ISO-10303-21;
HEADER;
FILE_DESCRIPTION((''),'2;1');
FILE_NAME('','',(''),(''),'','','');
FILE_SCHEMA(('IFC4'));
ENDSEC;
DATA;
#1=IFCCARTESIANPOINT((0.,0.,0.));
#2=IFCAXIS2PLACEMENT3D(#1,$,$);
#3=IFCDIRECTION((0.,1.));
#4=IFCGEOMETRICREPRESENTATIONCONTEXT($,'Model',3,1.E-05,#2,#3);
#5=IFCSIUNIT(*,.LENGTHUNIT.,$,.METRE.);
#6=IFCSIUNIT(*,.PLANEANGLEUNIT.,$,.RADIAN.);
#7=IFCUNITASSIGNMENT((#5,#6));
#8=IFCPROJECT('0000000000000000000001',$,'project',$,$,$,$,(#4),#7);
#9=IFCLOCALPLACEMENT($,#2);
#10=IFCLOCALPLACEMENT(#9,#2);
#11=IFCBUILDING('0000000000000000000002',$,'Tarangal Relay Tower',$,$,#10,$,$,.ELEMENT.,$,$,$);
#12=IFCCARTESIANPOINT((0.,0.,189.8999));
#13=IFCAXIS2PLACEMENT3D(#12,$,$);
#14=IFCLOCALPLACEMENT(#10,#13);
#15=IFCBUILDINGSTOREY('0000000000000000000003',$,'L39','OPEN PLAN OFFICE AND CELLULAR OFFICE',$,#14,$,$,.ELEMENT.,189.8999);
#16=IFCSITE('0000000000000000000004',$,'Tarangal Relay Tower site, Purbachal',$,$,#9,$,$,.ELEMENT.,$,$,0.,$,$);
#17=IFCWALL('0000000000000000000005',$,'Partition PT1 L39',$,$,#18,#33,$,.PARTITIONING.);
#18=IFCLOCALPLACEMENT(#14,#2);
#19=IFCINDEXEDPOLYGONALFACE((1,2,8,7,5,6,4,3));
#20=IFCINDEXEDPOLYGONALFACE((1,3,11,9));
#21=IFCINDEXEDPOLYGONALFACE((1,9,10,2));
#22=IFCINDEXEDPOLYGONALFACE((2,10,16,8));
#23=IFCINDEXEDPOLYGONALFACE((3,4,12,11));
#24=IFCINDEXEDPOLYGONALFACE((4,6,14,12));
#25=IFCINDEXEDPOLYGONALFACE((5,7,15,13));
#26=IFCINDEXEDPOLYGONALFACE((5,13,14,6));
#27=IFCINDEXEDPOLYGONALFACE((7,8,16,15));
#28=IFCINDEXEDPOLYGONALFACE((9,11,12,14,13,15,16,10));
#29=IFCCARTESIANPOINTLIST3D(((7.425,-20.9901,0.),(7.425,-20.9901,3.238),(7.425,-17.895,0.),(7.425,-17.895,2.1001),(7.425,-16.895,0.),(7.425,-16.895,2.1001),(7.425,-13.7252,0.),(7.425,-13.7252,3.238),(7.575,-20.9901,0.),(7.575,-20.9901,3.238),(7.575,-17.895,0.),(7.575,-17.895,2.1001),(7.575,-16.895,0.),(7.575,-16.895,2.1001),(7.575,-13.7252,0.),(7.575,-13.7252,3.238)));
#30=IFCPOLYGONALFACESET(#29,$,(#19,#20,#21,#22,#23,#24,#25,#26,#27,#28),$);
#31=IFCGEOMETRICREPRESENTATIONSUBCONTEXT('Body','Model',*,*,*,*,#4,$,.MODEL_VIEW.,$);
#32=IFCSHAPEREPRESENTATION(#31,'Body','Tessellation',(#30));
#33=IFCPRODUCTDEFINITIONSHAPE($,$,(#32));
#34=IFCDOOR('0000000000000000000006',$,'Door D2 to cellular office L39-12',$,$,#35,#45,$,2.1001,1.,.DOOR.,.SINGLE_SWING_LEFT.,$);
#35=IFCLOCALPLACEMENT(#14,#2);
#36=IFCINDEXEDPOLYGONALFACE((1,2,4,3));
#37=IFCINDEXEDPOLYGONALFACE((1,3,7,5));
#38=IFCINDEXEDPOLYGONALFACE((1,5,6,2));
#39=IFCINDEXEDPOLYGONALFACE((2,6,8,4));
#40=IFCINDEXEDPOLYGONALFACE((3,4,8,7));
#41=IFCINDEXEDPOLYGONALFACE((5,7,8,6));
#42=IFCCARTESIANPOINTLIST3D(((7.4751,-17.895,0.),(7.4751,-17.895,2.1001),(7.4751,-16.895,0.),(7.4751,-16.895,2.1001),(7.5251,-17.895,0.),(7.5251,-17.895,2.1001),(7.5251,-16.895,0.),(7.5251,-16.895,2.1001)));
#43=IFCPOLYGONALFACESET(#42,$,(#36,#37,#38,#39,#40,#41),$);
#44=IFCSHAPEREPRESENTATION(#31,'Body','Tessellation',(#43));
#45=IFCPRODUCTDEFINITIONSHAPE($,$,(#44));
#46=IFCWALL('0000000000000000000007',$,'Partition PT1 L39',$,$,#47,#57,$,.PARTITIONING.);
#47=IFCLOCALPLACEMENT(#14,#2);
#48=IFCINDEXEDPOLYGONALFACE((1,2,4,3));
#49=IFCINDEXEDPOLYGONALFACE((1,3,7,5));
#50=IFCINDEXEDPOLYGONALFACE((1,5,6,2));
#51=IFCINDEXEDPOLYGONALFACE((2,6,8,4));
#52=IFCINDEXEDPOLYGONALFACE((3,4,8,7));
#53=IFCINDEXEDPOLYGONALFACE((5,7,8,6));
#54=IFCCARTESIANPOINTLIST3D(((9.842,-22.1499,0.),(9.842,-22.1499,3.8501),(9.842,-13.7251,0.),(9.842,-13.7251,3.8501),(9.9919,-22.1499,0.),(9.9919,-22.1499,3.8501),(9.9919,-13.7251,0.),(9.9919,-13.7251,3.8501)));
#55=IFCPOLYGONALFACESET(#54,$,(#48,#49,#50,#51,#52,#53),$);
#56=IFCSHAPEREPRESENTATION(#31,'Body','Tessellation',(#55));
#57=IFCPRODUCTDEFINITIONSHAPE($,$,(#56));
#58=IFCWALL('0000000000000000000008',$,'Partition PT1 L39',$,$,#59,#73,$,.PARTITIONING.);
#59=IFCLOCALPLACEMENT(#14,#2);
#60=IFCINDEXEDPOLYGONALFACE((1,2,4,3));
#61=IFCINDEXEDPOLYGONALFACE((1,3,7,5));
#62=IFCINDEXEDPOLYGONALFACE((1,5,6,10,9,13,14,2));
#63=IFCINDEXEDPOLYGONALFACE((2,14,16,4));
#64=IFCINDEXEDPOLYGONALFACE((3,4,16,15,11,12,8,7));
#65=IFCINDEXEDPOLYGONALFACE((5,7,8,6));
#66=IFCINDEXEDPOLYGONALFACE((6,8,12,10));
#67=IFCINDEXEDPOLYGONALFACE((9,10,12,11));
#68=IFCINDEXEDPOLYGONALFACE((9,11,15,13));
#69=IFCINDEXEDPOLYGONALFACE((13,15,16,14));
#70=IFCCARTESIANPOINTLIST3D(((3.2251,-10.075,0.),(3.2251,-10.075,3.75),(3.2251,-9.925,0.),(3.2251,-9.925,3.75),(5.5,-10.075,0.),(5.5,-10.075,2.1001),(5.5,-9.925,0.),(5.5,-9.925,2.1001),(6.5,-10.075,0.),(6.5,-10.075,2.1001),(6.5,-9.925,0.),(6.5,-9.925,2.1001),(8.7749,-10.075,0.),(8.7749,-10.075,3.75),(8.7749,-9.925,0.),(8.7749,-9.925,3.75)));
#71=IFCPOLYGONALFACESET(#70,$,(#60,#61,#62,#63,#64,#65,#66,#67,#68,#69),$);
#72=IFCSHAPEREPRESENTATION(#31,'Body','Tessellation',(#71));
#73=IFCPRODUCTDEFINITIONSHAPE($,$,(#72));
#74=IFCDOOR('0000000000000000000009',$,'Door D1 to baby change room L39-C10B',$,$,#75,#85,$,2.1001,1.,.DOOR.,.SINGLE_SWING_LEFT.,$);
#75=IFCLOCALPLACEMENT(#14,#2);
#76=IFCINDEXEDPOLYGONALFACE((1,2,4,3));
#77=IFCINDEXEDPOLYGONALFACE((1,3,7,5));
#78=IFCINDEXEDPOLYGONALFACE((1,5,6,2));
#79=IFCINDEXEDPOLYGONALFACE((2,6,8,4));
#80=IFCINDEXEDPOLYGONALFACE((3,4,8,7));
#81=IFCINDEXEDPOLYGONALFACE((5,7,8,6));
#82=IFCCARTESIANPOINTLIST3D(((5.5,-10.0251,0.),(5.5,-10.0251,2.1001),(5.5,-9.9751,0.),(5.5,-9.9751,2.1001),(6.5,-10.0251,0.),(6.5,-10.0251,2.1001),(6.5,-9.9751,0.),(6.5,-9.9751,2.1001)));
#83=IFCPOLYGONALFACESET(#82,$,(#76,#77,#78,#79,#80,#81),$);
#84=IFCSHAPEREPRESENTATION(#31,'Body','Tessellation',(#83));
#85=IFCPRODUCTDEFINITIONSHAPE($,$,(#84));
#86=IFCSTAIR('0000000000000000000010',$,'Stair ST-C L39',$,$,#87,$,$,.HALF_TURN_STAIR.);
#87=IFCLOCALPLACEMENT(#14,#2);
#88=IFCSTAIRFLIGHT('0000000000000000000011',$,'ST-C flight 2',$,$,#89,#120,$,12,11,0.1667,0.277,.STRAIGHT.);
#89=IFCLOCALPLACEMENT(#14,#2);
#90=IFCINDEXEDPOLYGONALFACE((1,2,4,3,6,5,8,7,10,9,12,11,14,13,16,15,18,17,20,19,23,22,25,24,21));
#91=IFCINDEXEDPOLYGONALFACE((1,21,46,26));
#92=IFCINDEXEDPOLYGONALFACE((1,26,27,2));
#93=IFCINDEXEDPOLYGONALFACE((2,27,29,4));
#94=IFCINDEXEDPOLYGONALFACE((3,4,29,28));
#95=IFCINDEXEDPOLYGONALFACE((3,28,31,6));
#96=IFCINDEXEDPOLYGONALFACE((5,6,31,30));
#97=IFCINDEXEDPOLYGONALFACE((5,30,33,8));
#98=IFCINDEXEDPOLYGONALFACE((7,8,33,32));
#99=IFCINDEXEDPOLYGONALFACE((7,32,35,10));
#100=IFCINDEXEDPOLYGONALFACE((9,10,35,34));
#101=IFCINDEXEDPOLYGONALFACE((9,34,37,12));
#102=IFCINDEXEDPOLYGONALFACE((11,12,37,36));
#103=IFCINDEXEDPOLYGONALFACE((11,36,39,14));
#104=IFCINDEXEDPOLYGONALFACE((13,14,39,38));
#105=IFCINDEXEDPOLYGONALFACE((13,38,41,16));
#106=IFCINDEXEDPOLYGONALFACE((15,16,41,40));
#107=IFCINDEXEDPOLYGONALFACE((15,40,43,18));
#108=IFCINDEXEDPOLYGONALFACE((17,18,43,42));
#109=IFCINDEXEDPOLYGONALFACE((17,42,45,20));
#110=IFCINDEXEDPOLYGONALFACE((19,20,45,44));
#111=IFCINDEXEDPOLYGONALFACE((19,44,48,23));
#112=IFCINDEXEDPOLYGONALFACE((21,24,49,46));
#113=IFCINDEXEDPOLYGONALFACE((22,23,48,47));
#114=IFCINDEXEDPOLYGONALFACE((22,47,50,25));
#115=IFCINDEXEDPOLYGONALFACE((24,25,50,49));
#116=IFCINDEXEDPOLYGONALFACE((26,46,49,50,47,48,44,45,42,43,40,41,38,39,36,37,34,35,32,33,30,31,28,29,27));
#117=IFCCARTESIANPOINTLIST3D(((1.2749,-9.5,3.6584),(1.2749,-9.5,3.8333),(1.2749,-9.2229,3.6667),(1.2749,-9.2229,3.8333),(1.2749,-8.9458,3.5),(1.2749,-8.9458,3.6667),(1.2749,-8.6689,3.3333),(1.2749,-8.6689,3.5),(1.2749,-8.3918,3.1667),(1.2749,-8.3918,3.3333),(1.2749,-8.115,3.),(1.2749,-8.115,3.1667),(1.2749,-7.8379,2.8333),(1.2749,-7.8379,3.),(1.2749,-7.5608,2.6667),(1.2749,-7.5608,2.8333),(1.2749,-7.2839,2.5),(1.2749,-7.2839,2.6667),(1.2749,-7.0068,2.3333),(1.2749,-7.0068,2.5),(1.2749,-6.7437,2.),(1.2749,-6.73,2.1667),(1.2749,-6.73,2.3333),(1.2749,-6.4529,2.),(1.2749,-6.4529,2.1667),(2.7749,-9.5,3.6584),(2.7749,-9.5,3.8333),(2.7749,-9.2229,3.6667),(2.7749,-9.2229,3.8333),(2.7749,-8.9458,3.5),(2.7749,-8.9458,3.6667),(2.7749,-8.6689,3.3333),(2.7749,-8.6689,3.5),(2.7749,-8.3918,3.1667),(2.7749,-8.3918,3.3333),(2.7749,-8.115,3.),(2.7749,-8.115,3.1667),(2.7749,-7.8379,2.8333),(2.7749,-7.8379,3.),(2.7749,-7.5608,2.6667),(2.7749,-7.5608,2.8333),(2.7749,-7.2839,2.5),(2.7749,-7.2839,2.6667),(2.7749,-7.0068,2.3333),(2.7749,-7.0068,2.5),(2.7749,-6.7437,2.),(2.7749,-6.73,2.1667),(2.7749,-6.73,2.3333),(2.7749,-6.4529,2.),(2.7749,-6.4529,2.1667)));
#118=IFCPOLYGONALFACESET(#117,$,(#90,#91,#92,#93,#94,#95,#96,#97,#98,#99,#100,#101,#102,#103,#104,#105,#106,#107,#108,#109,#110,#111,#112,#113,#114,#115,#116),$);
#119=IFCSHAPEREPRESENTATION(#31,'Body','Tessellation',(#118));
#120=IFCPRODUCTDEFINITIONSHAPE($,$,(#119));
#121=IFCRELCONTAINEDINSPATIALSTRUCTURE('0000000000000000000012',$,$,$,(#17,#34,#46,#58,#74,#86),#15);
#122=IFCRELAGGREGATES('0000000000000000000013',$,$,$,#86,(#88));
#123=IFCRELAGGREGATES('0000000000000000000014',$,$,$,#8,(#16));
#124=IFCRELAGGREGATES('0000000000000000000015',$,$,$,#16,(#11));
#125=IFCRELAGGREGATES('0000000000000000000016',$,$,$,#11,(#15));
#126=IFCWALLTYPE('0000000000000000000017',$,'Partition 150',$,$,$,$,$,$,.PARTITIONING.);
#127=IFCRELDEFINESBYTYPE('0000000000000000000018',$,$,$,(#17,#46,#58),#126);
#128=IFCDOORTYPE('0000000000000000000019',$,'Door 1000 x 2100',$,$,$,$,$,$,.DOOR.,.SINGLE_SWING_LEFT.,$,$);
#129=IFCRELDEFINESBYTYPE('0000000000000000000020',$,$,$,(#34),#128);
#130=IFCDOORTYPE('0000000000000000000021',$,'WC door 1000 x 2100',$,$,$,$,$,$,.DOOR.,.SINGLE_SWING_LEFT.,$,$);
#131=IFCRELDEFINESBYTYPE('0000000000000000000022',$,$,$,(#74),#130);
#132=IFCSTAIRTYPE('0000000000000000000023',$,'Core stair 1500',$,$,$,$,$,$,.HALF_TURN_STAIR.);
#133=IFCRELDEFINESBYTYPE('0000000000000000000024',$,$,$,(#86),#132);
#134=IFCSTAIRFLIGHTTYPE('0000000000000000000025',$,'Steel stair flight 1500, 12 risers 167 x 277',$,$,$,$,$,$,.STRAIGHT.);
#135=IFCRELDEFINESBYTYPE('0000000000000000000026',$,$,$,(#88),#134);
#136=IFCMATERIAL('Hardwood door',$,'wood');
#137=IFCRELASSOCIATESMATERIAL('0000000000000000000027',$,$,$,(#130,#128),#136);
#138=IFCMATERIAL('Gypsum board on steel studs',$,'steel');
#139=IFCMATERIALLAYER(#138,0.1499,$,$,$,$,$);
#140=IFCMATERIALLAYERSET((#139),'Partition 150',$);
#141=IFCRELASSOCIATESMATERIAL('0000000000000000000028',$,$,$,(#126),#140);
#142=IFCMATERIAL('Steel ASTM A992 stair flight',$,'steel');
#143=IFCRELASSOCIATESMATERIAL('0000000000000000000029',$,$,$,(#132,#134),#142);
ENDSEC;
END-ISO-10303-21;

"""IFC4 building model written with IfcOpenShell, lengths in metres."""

from ifc_helpers import new_model, si_unit, direction, frame, frame_2d, origin, place, context, subcontext, project, spatial, polyline, rectangle, outline, extrude, material, layer, layer_set, type_object, element, fill, aggregate, save


model = new_model("IFC4")

# Units and contexts
model_context = context("Model", 3, precision=1e-05, world=origin(), true_north=direction((0.0, 1.0)))
body_context = subcontext(model_context, "Body", "Model", "MODEL_VIEW")
ifc_project = project(units=[si_unit("LENGTHUNIT", "METRE"), si_unit("PLANEANGLEUNIT", "RADIAN")], contexts=[model_context])

# Site, building, storey
site_placement = place(None, origin())
site = spatial("IfcSite", under=ifc_project, at=site_placement, Name="Tarangal Relay Tower site, Purbachal", CompositionType="ELEMENT", RefElevation=0.0)
building_placement = place(site_placement, origin())
building = spatial("IfcBuilding", under=site, at=building_placement, Name="Tarangal Relay Tower", CompositionType="ELEMENT")
storey_placement = place(building_placement, frame((0.0, 0.0, 189.8999)))
storey = spatial("IfcBuildingStorey", under=building, at=storey_placement, Name="L39", Description="OPEN PLAN OFFICE AND CELLULAR OFFICE", CompositionType="ELEMENT", Elevation=189.8999)

# Shared definitions
ifc_material_1 = material(Name="Hardwood door", Category="wood")
door_type_1 = type_object("IfcDoorType", Name="WC door 1000 x 2100", OperationType="SINGLE_SWING_LEFT", PredefinedType="DOOR", material=ifc_material_1)

# Shared definitions
ifc_material_2 = material(Name="Gypsum board on steel studs", Category="steel")
ifc_layer_1 = layer(ifc_material_2, 0.1499)
ifc_layer_set_1 = layer_set([ifc_layer_1], Name="Partition 150")
wall_type_1 = type_object("IfcWallType", Name="Partition 150", PredefinedType="PARTITIONING", material=ifc_layer_set_1)

# Wall, opening, door
wall_1_placement = place(storey_placement, frame((7.5, -20.99, 0.0), z_axis=(0.0, 0.0, 1.0), x_axis=(0.0, 1.0, 0.0)))
wall_1 = element("IfcWall", 1, at=wall_1_placement, inside=storey, type_object=wall_type_1, Name="Partition PT1 L39", PredefinedType="PARTITIONING", context=body_context, shape_type="SweptSolid", body=[
    extrude(rectangle(XDim=7.2649, YDim=0.1499, at=frame_2d((3.6323, 0.0))), origin(), (0.0, 0.0, 1.0), 3.238),
])
opening_1_placement = place(wall_1_placement, frame((3.095, 0.0, 0.0)))
opening_1 = element("IfcOpeningElement", 2, at=opening_1_placement, cuts=wall_1, PredefinedType="OPENING", context=body_context, shape_type="SweptSolid", body=[
    extrude(rectangle(XDim=1.0, YDim=2.1001, at=frame_2d((0.5, 1.05))), frame((0.0, 0.085, 0.0), z_axis=(0.0, -1.0, 0.0), x_axis=(1.0, 0.0, 0.0)), (0.0, 0.0, 1.0), 0.1699),
])
door_type_2 = type_object("IfcDoorType", Name="Door 1000 x 2100", OperationType="SINGLE_SWING_LEFT", PredefinedType="DOOR", material=ifc_material_1)
door_1_placement = place(opening_1_placement, origin())
door_1 = element("IfcDoor", 3, at=door_1_placement, inside=storey, type_object=door_type_2, Name="Door D2 to cellular office L39-12", OperationType="SINGLE_SWING_LEFT", OverallHeight=2.1001, OverallWidth=1.0, PredefinedType="DOOR", context=body_context, shape_type="SweptSolid", body=[
    extrude(rectangle(XDim=1.0, YDim=2.1001, at=frame_2d((0.5, 1.05))), frame((0.0, 0.0249, 0.0), z_axis=(0.0, -1.0, 0.0), x_axis=(1.0, 0.0, 0.0)), (0.0, 0.0, 1.0), 0.05),
])
fill(opening_1, door_1)

# Wall
wall_2_placement = place(storey_placement, frame((9.917, -22.1499, 0.0), z_axis=(0.0, 0.0, 1.0), x_axis=(0.0, 1.0, 0.0)))
element("IfcWall", 4, at=wall_2_placement, inside=storey, type_object=wall_type_1, Name="Partition PT1 L39", PredefinedType="PARTITIONING", context=body_context, shape_type="SweptSolid", body=[
    extrude(rectangle(XDim=8.4248, YDim=0.1499, at=frame_2d((4.2124, 0.0))), origin(), (0.0, 0.0, 1.0), 3.8501),
])

# Wall, opening, door
wall_3_placement = place(storey_placement, frame((3.2251, -10.0, 0.0), z_axis=(0.0, 0.0, 1.0), x_axis=(1.0, 0.0, 0.0)))
wall_3 = element("IfcWall", 5, at=wall_3_placement, inside=storey, type_object=wall_type_1, Name="Partition PT1 L39", PredefinedType="PARTITIONING", context=body_context, shape_type="SweptSolid", body=[
    extrude(rectangle(XDim=5.5498, YDim=0.1499, at=frame_2d((2.7749, 0.0))), origin(), (0.0, 0.0, 1.0), 3.75),
])
opening_2_placement = place(wall_3_placement, frame((2.2749, 0.0, 0.0)))
opening_2 = element("IfcOpeningElement", 6, at=opening_2_placement, cuts=wall_3, PredefinedType="OPENING", context=body_context, shape_type="SweptSolid", body=[
    extrude(rectangle(XDim=1.0, YDim=2.1001, at=frame_2d((0.5, 1.05))), frame((0.0, 0.085, 0.0), z_axis=(0.0, -1.0, 0.0), x_axis=(1.0, 0.0, 0.0)), (0.0, 0.0, 1.0), 0.1699),
])
door_2_placement = place(opening_2_placement, origin())
door_2 = element("IfcDoor", 7, at=door_2_placement, inside=storey, type_object=door_type_1, Name="Door D1 to baby change room L39-C10B", OperationType="SINGLE_SWING_LEFT", OverallHeight=2.1001, OverallWidth=1.0, PredefinedType="DOOR", context=body_context, shape_type="SweptSolid", body=[
    extrude(rectangle(XDim=1.0, YDim=2.1001, at=frame_2d((0.5, 1.05))), frame((0.0, 0.0249, 0.0), z_axis=(0.0, -1.0, 0.0), x_axis=(1.0, 0.0, 0.0)), (0.0, 0.0, 1.0), 0.05),
])
fill(opening_2, door_2)

# Stair, stair flight
ifc_material_3 = material(Name="Steel ASTM A992 stair flight", Category="steel")
stair_type = type_object("IfcStairType", Name="Core stair 1500", PredefinedType="HALF_TURN_STAIR", material=ifc_material_3)
stair_placement = place(storey_placement, origin())
stair = element("IfcStair", 8, at=stair_placement, inside=storey, type_object=stair_type, Name="Stair ST-C L39", PredefinedType="HALF_TURN_STAIR")
stair_flight_type = type_object("IfcStairFlightType", Name="Steel stair flight 1500, 12 risers 167 x 277", PredefinedType="STRAIGHT", material=ifc_material_3)
stair_flight_placement = place(storey_placement, frame((2.0249, -6.4529, 2.0), z_axis=(0.0, 0.0, 1.0), x_axis=(0.0, -1.0, 0.0)))
stair_flight = element("IfcStairFlight", 9, at=stair_flight_placement, type_object=stair_flight_type, Name="ST-C flight 2", NumberOfRisers=12, NumberOfTreads=11, PredefinedType="STRAIGHT", RiserHeight=0.1667, TreadLength=0.277, context=body_context, shape_type="SweptSolid", body=[
    extrude(outline(polyline([(0.0, 0.0), (0.0, 0.1667), (0.2771, 0.1667), (0.2771, 0.3333), (0.554, 0.3333), (0.554, 0.5), (0.8311, 0.5), (0.8311, 0.6667), (1.1079, 0.6667), (1.1079, 0.8333), (1.385, 0.8333), (1.385, 1.0), (1.6621, 1.0), (1.6621, 1.1667), (1.939, 1.1667), (1.939, 1.3333), (2.2161, 1.3333), (2.2161, 1.5), (2.4929, 1.5), (2.4929, 1.6667), (2.77, 1.6667), (2.77, 1.8333), (3.0471, 1.8333), (3.0471, 2.0), (3.0471, 1.6584), (0.2908, 0.0), (0.0, 0.0)])), frame((0.0, 0.75, 0.0), z_axis=(0.0, -1.0, 0.0), x_axis=(1.0, 0.0, 0.0)), (0.0, 0.0, 1.0), 1.5),
])
aggregate(stair, [stair_flight])

save(model, "model.ifc")
